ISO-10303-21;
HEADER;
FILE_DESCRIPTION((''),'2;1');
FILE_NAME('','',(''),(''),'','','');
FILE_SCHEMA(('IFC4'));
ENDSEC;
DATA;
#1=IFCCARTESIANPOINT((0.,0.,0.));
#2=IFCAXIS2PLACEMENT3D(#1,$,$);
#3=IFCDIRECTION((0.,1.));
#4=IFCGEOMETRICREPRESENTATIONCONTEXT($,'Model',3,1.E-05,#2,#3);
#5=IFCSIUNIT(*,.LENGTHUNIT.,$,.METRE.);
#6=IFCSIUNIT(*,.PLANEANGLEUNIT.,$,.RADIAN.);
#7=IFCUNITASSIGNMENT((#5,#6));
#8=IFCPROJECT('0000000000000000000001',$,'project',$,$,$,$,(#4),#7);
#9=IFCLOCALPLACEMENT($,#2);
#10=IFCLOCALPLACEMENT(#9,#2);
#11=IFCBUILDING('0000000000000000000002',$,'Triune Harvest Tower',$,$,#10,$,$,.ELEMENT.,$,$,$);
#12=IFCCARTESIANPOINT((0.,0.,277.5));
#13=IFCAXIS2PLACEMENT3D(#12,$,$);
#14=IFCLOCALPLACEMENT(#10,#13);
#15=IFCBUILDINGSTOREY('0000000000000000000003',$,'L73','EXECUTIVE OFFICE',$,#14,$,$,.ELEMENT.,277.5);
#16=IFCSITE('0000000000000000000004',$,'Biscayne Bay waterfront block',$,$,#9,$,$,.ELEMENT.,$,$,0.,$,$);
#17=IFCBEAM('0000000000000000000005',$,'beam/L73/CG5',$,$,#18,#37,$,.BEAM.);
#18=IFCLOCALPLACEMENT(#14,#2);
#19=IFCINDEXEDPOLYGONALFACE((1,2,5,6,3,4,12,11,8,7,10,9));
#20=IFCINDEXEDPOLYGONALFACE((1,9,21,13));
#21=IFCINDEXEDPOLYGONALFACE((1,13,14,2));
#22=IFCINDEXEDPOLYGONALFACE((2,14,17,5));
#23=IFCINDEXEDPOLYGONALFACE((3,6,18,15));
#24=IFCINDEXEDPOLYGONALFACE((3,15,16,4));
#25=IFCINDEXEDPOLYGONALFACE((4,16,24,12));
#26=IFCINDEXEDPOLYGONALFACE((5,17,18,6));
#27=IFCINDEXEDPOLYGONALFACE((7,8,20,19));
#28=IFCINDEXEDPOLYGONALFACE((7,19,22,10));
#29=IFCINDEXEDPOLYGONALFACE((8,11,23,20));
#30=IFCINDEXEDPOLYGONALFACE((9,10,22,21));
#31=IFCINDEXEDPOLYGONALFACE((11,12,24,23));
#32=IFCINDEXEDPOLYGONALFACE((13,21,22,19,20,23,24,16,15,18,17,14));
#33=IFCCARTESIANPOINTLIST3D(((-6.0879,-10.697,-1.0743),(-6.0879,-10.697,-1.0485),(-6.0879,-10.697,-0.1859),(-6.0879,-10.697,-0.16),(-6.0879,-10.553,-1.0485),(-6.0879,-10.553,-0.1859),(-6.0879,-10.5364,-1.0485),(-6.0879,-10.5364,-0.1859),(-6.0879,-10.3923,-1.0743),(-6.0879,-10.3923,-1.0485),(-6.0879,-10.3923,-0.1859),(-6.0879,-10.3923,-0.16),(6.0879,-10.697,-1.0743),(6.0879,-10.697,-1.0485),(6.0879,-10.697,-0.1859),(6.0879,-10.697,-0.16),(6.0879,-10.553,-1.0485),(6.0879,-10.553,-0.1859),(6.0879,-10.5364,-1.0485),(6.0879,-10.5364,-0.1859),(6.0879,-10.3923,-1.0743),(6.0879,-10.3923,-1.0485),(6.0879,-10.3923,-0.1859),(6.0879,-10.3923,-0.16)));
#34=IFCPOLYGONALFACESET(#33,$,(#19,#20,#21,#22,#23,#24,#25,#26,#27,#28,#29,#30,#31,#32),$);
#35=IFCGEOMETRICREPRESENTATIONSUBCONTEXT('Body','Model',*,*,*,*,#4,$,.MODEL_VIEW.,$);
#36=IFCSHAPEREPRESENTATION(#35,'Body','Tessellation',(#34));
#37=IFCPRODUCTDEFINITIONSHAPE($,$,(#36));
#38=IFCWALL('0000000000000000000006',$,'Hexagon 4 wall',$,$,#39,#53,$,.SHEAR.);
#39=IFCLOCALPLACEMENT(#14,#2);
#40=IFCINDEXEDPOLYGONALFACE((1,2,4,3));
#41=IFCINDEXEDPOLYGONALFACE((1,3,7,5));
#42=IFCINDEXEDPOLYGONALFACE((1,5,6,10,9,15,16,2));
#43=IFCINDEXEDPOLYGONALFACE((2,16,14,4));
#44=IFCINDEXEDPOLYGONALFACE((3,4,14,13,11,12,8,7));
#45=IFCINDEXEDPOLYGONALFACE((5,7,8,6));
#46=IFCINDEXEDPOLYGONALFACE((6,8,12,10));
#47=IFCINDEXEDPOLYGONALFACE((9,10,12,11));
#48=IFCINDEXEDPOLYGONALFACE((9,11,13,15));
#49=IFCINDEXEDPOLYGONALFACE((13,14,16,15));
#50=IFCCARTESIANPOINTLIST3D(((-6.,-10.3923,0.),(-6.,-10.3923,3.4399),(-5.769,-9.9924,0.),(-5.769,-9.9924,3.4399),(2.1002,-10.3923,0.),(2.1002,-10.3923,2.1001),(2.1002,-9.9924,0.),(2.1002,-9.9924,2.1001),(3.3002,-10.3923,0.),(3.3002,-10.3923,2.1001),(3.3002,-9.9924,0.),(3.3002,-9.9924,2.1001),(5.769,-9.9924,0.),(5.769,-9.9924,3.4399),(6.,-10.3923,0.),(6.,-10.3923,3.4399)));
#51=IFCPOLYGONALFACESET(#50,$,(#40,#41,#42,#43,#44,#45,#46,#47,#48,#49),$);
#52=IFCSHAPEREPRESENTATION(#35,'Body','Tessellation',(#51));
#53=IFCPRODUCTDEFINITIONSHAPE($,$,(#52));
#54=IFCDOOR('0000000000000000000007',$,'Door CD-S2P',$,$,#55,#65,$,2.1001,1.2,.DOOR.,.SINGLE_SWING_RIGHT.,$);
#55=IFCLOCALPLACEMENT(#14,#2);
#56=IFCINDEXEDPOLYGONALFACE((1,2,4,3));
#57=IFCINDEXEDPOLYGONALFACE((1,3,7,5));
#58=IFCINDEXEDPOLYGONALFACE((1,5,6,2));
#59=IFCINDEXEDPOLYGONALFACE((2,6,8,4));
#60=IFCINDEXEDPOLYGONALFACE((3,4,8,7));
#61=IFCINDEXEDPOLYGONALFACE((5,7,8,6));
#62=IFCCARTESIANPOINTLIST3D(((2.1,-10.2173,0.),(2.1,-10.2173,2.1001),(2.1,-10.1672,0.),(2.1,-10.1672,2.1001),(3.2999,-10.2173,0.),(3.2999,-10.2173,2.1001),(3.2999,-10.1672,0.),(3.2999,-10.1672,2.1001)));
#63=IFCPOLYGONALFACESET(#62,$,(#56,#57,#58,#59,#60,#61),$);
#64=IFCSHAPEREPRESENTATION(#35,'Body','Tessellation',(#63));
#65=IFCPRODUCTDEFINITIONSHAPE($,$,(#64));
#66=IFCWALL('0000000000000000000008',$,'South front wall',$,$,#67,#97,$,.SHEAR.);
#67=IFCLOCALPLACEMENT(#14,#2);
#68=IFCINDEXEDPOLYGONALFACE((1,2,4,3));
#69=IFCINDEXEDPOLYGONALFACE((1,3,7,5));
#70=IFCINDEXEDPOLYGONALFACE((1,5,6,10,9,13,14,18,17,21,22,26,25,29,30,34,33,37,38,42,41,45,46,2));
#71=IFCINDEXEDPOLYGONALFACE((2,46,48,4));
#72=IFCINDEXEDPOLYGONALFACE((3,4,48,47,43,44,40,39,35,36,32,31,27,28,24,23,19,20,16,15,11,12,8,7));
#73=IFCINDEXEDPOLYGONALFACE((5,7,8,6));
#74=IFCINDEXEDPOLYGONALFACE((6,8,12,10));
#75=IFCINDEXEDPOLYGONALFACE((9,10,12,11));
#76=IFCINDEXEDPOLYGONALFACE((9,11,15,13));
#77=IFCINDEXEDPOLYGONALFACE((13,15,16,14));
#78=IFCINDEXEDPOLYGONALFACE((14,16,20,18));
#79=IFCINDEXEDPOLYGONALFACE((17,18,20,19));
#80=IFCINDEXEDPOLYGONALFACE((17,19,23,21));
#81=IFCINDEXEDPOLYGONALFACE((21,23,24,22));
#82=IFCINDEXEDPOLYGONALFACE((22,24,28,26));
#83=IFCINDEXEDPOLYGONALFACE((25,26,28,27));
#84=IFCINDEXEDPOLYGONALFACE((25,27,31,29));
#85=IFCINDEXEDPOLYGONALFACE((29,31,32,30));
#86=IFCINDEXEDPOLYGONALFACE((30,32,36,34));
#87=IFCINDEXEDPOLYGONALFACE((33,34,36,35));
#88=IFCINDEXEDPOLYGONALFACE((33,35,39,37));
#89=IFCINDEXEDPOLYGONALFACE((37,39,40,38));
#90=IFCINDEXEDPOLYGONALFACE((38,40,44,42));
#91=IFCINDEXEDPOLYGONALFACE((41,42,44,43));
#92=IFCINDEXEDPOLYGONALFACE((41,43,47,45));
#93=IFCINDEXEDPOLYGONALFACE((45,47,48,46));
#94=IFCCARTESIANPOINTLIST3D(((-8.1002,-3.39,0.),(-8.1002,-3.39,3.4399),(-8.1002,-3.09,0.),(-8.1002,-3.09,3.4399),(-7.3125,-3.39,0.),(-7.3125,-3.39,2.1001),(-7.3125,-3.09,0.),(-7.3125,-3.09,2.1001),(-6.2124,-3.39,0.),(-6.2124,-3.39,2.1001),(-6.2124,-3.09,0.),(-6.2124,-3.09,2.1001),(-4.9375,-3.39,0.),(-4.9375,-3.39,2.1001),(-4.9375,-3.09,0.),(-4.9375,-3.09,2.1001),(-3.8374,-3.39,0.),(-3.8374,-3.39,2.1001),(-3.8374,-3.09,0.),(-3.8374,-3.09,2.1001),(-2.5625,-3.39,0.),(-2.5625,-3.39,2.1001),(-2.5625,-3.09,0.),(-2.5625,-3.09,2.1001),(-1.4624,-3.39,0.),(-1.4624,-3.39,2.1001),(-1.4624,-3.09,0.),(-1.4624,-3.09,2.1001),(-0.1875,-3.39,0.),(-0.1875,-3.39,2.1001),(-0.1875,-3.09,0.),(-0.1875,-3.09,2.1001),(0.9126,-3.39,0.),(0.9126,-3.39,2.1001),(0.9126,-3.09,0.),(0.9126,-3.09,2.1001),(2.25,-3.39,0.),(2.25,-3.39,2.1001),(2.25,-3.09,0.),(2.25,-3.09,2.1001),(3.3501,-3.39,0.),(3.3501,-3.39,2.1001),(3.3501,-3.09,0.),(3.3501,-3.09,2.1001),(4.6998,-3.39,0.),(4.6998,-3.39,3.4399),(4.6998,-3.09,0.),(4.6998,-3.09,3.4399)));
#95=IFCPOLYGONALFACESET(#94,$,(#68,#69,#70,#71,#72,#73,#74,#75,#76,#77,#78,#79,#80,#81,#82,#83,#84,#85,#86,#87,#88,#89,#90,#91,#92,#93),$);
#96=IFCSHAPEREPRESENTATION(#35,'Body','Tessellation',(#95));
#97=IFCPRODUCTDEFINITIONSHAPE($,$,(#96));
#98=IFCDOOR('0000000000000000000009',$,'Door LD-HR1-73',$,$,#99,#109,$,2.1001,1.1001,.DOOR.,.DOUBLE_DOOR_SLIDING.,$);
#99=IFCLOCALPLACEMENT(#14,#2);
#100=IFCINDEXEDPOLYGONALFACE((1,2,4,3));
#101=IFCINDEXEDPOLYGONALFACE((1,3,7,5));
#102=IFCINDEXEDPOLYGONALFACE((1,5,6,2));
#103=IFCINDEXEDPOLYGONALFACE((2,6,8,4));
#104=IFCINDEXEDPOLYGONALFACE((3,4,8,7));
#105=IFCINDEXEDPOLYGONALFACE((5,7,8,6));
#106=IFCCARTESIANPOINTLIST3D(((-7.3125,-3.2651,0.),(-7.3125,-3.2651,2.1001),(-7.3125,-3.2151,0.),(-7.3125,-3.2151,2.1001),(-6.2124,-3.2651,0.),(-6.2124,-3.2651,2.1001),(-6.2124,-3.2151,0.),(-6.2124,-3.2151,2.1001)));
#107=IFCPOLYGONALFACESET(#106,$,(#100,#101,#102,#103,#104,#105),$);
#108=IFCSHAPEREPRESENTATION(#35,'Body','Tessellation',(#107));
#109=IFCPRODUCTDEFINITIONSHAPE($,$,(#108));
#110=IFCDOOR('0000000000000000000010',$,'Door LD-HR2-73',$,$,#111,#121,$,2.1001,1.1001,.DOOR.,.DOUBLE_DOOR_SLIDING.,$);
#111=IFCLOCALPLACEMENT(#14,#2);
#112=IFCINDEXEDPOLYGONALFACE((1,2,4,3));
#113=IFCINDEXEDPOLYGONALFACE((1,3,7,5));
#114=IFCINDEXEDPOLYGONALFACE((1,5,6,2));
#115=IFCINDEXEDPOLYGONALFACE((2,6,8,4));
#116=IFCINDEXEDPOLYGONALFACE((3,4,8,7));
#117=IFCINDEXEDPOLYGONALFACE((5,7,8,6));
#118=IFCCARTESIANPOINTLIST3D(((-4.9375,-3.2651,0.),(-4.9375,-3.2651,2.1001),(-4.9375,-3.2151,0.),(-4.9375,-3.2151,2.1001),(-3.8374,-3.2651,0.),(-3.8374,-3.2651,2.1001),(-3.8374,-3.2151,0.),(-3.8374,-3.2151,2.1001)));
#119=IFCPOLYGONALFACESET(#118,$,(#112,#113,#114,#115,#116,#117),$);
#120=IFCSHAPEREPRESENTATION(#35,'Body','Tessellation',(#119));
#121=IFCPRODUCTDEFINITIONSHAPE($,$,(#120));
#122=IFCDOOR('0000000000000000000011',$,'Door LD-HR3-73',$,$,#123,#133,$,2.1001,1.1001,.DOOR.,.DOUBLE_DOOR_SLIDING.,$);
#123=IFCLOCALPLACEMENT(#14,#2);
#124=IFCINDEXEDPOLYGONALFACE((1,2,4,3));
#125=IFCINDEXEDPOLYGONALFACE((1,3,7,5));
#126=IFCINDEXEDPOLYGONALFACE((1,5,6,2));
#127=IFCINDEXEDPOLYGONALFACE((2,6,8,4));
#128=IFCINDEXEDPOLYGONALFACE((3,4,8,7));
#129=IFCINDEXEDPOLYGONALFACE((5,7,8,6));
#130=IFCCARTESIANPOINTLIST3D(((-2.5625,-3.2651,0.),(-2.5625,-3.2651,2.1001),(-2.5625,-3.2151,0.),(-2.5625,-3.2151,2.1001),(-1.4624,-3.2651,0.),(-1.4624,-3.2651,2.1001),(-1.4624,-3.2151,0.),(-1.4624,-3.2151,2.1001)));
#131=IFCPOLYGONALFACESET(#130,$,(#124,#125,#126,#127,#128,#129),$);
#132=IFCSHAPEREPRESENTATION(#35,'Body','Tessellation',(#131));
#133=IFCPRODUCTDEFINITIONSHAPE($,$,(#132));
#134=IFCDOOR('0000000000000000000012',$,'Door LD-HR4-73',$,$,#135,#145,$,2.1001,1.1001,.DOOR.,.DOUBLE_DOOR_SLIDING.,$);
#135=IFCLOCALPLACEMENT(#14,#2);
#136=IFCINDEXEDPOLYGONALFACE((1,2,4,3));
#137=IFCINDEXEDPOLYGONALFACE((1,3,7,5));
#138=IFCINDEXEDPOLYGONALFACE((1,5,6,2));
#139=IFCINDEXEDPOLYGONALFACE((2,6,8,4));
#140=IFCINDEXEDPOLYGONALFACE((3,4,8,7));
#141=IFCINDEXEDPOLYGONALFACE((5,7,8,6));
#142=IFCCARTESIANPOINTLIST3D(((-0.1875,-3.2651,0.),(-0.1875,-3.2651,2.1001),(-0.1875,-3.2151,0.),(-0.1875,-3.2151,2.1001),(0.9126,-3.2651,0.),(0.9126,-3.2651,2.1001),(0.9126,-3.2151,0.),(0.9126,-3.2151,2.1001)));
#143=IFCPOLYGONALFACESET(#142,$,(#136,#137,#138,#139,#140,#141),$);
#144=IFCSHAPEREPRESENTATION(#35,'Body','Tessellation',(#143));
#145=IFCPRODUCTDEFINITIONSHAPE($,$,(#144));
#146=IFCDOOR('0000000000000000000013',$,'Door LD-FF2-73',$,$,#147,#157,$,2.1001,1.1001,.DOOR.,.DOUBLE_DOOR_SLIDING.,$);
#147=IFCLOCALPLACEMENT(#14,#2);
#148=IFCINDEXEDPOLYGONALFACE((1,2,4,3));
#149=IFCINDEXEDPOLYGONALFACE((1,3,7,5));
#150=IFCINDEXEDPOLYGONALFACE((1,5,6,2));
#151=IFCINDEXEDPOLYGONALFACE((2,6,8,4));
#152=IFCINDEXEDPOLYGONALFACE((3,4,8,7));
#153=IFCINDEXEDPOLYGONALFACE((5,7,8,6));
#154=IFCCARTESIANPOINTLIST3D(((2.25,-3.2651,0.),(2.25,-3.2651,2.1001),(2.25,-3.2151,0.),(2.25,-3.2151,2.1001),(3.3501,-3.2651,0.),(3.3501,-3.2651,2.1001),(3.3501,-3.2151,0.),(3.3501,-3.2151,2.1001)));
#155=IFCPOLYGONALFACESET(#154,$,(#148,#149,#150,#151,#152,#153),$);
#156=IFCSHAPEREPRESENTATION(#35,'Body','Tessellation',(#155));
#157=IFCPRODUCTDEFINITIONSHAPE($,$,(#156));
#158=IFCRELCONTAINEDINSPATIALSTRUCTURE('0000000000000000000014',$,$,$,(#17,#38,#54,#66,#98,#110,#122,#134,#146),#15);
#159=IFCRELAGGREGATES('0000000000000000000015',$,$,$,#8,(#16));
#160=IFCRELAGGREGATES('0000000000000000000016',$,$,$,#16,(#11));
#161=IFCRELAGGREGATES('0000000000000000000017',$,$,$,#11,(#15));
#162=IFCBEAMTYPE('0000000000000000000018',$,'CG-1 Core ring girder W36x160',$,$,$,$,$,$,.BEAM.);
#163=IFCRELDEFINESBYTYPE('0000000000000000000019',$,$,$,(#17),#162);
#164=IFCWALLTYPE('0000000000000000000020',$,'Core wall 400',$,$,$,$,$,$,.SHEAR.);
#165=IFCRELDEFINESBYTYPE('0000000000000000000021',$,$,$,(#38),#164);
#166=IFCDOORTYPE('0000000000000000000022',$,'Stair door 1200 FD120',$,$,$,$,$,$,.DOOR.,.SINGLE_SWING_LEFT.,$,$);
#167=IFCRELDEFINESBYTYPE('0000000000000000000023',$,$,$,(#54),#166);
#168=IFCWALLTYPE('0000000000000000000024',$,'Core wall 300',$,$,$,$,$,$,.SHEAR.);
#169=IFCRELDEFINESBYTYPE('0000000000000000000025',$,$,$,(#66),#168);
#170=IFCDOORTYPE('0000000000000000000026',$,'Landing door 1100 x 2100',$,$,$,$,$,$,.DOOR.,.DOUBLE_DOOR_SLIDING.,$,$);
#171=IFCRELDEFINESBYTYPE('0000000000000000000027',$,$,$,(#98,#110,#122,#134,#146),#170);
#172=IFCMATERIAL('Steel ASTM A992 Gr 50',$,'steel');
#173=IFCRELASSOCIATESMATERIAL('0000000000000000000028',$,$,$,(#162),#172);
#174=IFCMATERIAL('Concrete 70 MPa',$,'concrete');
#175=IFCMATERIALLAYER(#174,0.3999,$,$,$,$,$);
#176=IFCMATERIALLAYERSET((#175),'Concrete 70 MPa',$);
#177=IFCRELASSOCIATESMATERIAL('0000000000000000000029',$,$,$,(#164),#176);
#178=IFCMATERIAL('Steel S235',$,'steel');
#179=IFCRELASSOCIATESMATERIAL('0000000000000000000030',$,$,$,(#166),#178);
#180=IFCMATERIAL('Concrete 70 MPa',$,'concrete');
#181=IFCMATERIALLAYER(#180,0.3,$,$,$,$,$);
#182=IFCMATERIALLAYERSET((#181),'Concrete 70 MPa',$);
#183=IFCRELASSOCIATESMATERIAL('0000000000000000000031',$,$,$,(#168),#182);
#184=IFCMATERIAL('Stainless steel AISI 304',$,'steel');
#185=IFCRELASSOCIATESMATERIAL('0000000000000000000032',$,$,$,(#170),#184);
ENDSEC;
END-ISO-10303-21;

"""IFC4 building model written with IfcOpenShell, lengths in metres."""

from ifc_helpers import new_model, si_unit, direction, frame, frame_2d, origin, origin_2d, place, context, subcontext, project, spatial, polyline, rectangle, i_section, outline, extrude, source, transform, mapped, material, layer, layer_set, material_profile, profile_set, type_object, element, fill, save


model = new_model("IFC4")

# Units and contexts
model_context = context("Model", 3, precision=1e-05, world=origin(), true_north=direction((0.0, 1.0)))
body_context = subcontext(model_context, "Body", "Model", "MODEL_VIEW")
ifc_project = project(units=[si_unit("LENGTHUNIT", "METRE"), si_unit("PLANEANGLEUNIT", "RADIAN")], contexts=[model_context])

# Site, building, storey
site_placement = place(None, origin())
site = spatial("IfcSite", under=ifc_project, at=site_placement, Name="Biscayne Bay waterfront block", CompositionType="ELEMENT", RefElevation=0.0)
building_placement = place(site_placement, origin())
building = spatial("IfcBuilding", under=site, at=building_placement, Name="Triune Harvest Tower", CompositionType="ELEMENT")
storey_placement = place(building_placement, frame((0.0, 0.0, 277.5)))
storey = spatial("IfcBuildingStorey", under=building, at=storey_placement, Name="L73", Description="EXECUTIVE OFFICE", CompositionType="ELEMENT", Elevation=277.5)

# Beam
ifc_material_1 = material(Name="Steel ASTM A992 Gr 50", Category="steel")
ifc_material_profile = material_profile(ifc_material_1, i_section(OverallWidth=0.3047, OverallDepth=0.9143, WebThickness=0.0166, FlangeThickness=0.0259, at=origin_2d()), Name="W36x160")
ifc_profile_set = profile_set([ifc_material_profile], Name="Steel ASTM A992 Gr 50")
beam_type = type_object("IfcBeamType", Name="CG-1 Core ring girder W36x160", PredefinedType="BEAM", material=ifc_profile_set)
shared_shape_1 = source(origin(), body_context, "Body", "SweptSolid", [
    extrude(i_section(OverallWidth=0.3047, OverallDepth=0.9143, WebThickness=0.0166, FlangeThickness=0.0259, at=origin_2d()), origin(), (0.0, 0.0, 1.0), 12.1758),
])
beam_placement = place(storey_placement, frame((-6.0879, -10.5447, -0.6172), z_axis=(1.0, 0.0, 0.0), x_axis=(0.0, 1.0, 0.0)))
element("IfcBeam", 1, at=beam_placement, inside=storey, type_object=beam_type, Name="beam/L73/CG5", PredefinedType="BEAM", context=body_context, shape_type="MappedRepresentation", body=[
    mapped(shared_shape_1, transform((0.0, 0.0, 0.0), scale=1.0)),
])

# Wall, opening, door
ifc_material_2 = material(Name="Concrete 70 MPa", Category="concrete")
ifc_layer_1 = layer(ifc_material_2, 0.3999)
ifc_layer_set_1 = layer_set([ifc_layer_1], Name="Concrete 70 MPa")
wall_type_1 = type_object("IfcWallType", Name="Core wall 400", PredefinedType="SHEAR", material=ifc_layer_set_1)
shared_shape_2 = source(origin(), body_context, "Body", "SweptSolid", [
    extrude(outline(polyline([(-0.1155, -0.2), (11.8845, -0.2), (11.6536, 0.2), (0.1155, 0.2), (-0.1155, -0.2)])), origin(), (0.0, 0.0, 1.0), 3.4399),
])
wall_1_placement = place(storey_placement, frame((-5.8845, -10.1924, 0.0), z_axis=(0.0, 0.0, 1.0), x_axis=(1.0, 0.0, 0.0)))
wall_1 = element("IfcWall", 2, at=wall_1_placement, inside=storey, type_object=wall_type_1, Name="Hexagon 4 wall", PredefinedType="SHEAR", context=body_context, shape_type="MappedRepresentation", body=[
    mapped(shared_shape_2, transform((0.0, 0.0, 0.0), scale=1.0)),
])
opening_1_placement = place(wall_1_placement, frame((7.9846, 0.0, 0.0)))
opening_1 = element("IfcOpeningElement", 3, at=opening_1_placement, cuts=wall_1, PredefinedType="OPENING", context=body_context, shape_type="SweptSolid", body=[
    extrude(rectangle(XDim=1.2, YDim=2.1001, at=frame_2d((0.6001, 1.05))), frame((0.0, 0.21, 0.0), z_axis=(0.0, -1.0, 0.0), x_axis=(1.0, 0.0, 0.0)), (0.0, 0.0, 1.0), 0.4199),
])
ifc_material_3 = material(Name="Steel S235", Category="steel")
door_type_1 = type_object("IfcDoorType", Name="Stair door 1200 FD120", OperationType="SINGLE_SWING_LEFT", PredefinedType="DOOR", material=ifc_material_3)
door_1_placement = place(opening_1_placement, frame((1.2, 0.0, 0.0), z_axis=(0.0, 0.0, 1.0), x_axis=(-1.0, 0.0, 0.0)))
door_1 = element("IfcDoor", 4, at=door_1_placement, inside=storey, type_object=door_type_1, Name="Door CD-S2P", OperationType="SINGLE_SWING_RIGHT", OverallHeight=2.1001, OverallWidth=1.2, PredefinedType="DOOR", context=body_context, shape_type="SweptSolid", body=[
    extrude(rectangle(XDim=1.2, YDim=2.1001, at=frame_2d((0.6001, 1.05))), frame((0.0, 0.0249, 0.0), z_axis=(0.0, -1.0, 0.0), x_axis=(1.0, 0.0, 0.0)), (0.0, 0.0, 1.0), 0.05),
])
fill(opening_1, door_1)

# Wall, openings, doors
ifc_material_4 = material(Name="Concrete 70 MPa", Category="concrete")
ifc_layer_2 = layer(ifc_material_4, 0.3)
ifc_layer_set_2 = layer_set([ifc_layer_2], Name="Concrete 70 MPa")
wall_type_2 = type_object("IfcWallType", Name="Core wall 300", PredefinedType="SHEAR", material=ifc_layer_set_2)
shared_shape_3 = source(origin(), body_context, "Body", "SweptSolid", [
    extrude(rectangle(XDim=12.8, YDim=0.3, at=frame_2d((6.3999, 0.0))), origin(), (0.0, 0.0, 1.0), 3.4399),
])
wall_2_placement = place(storey_placement, frame((-8.1001, -3.24, 0.0), z_axis=(0.0, 0.0, 1.0), x_axis=(1.0, 0.0, 0.0)))
wall_2 = element("IfcWall", 5, at=wall_2_placement, inside=storey, type_object=wall_type_2, Name="South front wall", PredefinedType="SHEAR", context=body_context, shape_type="MappedRepresentation", body=[
    mapped(shared_shape_3, transform((0.0, 0.0, 0.0), scale=1.0)),
])
opening_2_placement = place(wall_2_placement, frame((0.7876, 0.0, 0.0)))
opening_2 = element("IfcOpeningElement", 6, at=opening_2_placement, cuts=wall_2, PredefinedType="OPENING", context=body_context, shape_type="SweptSolid", body=[
    extrude(rectangle(XDim=1.1001, YDim=2.1001, at=frame_2d((0.55, 1.05))), frame((0.0, 0.1602, 0.0), z_axis=(0.0, -1.0, 0.0), x_axis=(1.0, 0.0, 0.0)), (0.0, 0.0, 1.0), 0.3201),
])
opening_3_placement = place(wall_2_placement, frame((3.1626, 0.0, 0.0)))
opening_3 = element("IfcOpeningElement", 7, at=opening_3_placement, cuts=wall_2, PredefinedType="OPENING", context=body_context, shape_type="SweptSolid", body=[
    extrude(rectangle(XDim=1.1001, YDim=2.1001, at=frame_2d((0.55, 1.05))), frame((0.0, 0.1602, 0.0), z_axis=(0.0, -1.0, 0.0), x_axis=(1.0, 0.0, 0.0)), (0.0, 0.0, 1.0), 0.3201),
])
opening_4_placement = place(wall_2_placement, frame((5.5376, 0.0, 0.0)))
opening_4 = element("IfcOpeningElement", 8, at=opening_4_placement, cuts=wall_2, PredefinedType="OPENING", context=body_context, shape_type="SweptSolid", body=[
    extrude(rectangle(XDim=1.1001, YDim=2.1001, at=frame_2d((0.55, 1.05))), frame((0.0, 0.1602, 0.0), z_axis=(0.0, -1.0, 0.0), x_axis=(1.0, 0.0, 0.0)), (0.0, 0.0, 1.0), 0.3201),
])
opening_5_placement = place(wall_2_placement, frame((7.9126, 0.0, 0.0)))
opening_5 = element("IfcOpeningElement", 9, at=opening_5_placement, cuts=wall_2, PredefinedType="OPENING", context=body_context, shape_type="SweptSolid", body=[
    extrude(rectangle(XDim=1.1001, YDim=2.1001, at=frame_2d((0.55, 1.05))), frame((0.0, 0.1602, 0.0), z_axis=(0.0, -1.0, 0.0), x_axis=(1.0, 0.0, 0.0)), (0.0, 0.0, 1.0), 0.3201),
])
opening_6_placement = place(wall_2_placement, frame((10.3501, 0.0, 0.0)))
opening_6 = element("IfcOpeningElement", 10, at=opening_6_placement, cuts=wall_2, PredefinedType="OPENING", context=body_context, shape_type="SweptSolid", body=[
    extrude(rectangle(XDim=1.1001, YDim=2.1001, at=frame_2d((0.55, 1.05))), frame((0.0, 0.1602, 0.0), z_axis=(0.0, -1.0, 0.0), x_axis=(1.0, 0.0, 0.0)), (0.0, 0.0, 1.0), 0.3201),
])
ifc_material_5 = material(Name="Stainless steel AISI 304", Category="steel")
door_type_2 = type_object("IfcDoorType", Name="Landing door 1100 x 2100", OperationType="DOUBLE_DOOR_SLIDING", PredefinedType="DOOR", material=ifc_material_5)
door_2_placement = place(opening_2_placement, origin())
door_2 = element("IfcDoor", 11, at=door_2_placement, inside=storey, type_object=door_type_2, Name="Door LD-HR1-73", OperationType="DOUBLE_DOOR_SLIDING", OverallHeight=2.1001, OverallWidth=1.1001, PredefinedType="DOOR", context=body_context, shape_type="SweptSolid", body=[
    extrude(rectangle(XDim=1.1001, YDim=2.1001, at=frame_2d((0.55, 1.05))), frame((0.0, 0.0249, 0.0), z_axis=(0.0, -1.0, 0.0), x_axis=(1.0, 0.0, 0.0)), (0.0, 0.0, 1.0), 0.05),
])
fill(opening_2, door_2)
door_3_placement = place(opening_3_placement, origin())
door_3 = element("IfcDoor", 12, at=door_3_placement, inside=storey, type_object=door_type_2, Name="Door LD-HR2-73", OperationType="DOUBLE_DOOR_SLIDING", OverallHeight=2.1001, OverallWidth=1.1001, PredefinedType="DOOR", context=body_context, shape_type="SweptSolid", body=[
    extrude(rectangle(XDim=1.1001, YDim=2.1001, at=frame_2d((0.55, 1.05))), frame((0.0, 0.0249, 0.0), z_axis=(0.0, -1.0, 0.0), x_axis=(1.0, 0.0, 0.0)), (0.0, 0.0, 1.0), 0.05),
])
fill(opening_3, door_3)
door_4_placement = place(opening_4_placement, origin())
door_4 = element("IfcDoor", 13, at=door_4_placement, inside=storey, type_object=door_type_2, Name="Door LD-HR3-73", OperationType="DOUBLE_DOOR_SLIDING", OverallHeight=2.1001, OverallWidth=1.1001, PredefinedType="DOOR", context=body_context, shape_type="SweptSolid", body=[
    extrude(rectangle(XDim=1.1001, YDim=2.1001, at=frame_2d((0.55, 1.05))), frame((0.0, 0.0249, 0.0), z_axis=(0.0, -1.0, 0.0), x_axis=(1.0, 0.0, 0.0)), (0.0, 0.0, 1.0), 0.05),
])
fill(opening_4, door_4)
door_5_placement = place(opening_5_placement, origin())
door_5 = element("IfcDoor", 14, at=door_5_placement, inside=storey, type_object=door_type_2, Name="Door LD-HR4-73", OperationType="DOUBLE_DOOR_SLIDING", OverallHeight=2.1001, OverallWidth=1.1001, PredefinedType="DOOR", context=body_context, shape_type="SweptSolid", body=[
    extrude(rectangle(XDim=1.1001, YDim=2.1001, at=frame_2d((0.55, 1.05))), frame((0.0, 0.0249, 0.0), z_axis=(0.0, -1.0, 0.0), x_axis=(1.0, 0.0, 0.0)), (0.0, 0.0, 1.0), 0.05),
])
fill(opening_5, door_5)
door_6_placement = place(opening_6_placement, origin())
door_6 = element("IfcDoor", 15, at=door_6_placement, inside=storey, type_object=door_type_2, Name="Door LD-FF2-73", OperationType="DOUBLE_DOOR_SLIDING", OverallHeight=2.1001, OverallWidth=1.1001, PredefinedType="DOOR", context=body_context, shape_type="SweptSolid", body=[
    extrude(rectangle(XDim=1.1001, YDim=2.1001, at=frame_2d((0.55, 1.05))), frame((0.0, 0.0249, 0.0), z_axis=(0.0, -1.0, 0.0), x_axis=(1.0, 0.0, 0.0)), (0.0, 0.0, 1.0), 0.05),
])
fill(opening_6, door_6)

save(model, "model.ifc")
